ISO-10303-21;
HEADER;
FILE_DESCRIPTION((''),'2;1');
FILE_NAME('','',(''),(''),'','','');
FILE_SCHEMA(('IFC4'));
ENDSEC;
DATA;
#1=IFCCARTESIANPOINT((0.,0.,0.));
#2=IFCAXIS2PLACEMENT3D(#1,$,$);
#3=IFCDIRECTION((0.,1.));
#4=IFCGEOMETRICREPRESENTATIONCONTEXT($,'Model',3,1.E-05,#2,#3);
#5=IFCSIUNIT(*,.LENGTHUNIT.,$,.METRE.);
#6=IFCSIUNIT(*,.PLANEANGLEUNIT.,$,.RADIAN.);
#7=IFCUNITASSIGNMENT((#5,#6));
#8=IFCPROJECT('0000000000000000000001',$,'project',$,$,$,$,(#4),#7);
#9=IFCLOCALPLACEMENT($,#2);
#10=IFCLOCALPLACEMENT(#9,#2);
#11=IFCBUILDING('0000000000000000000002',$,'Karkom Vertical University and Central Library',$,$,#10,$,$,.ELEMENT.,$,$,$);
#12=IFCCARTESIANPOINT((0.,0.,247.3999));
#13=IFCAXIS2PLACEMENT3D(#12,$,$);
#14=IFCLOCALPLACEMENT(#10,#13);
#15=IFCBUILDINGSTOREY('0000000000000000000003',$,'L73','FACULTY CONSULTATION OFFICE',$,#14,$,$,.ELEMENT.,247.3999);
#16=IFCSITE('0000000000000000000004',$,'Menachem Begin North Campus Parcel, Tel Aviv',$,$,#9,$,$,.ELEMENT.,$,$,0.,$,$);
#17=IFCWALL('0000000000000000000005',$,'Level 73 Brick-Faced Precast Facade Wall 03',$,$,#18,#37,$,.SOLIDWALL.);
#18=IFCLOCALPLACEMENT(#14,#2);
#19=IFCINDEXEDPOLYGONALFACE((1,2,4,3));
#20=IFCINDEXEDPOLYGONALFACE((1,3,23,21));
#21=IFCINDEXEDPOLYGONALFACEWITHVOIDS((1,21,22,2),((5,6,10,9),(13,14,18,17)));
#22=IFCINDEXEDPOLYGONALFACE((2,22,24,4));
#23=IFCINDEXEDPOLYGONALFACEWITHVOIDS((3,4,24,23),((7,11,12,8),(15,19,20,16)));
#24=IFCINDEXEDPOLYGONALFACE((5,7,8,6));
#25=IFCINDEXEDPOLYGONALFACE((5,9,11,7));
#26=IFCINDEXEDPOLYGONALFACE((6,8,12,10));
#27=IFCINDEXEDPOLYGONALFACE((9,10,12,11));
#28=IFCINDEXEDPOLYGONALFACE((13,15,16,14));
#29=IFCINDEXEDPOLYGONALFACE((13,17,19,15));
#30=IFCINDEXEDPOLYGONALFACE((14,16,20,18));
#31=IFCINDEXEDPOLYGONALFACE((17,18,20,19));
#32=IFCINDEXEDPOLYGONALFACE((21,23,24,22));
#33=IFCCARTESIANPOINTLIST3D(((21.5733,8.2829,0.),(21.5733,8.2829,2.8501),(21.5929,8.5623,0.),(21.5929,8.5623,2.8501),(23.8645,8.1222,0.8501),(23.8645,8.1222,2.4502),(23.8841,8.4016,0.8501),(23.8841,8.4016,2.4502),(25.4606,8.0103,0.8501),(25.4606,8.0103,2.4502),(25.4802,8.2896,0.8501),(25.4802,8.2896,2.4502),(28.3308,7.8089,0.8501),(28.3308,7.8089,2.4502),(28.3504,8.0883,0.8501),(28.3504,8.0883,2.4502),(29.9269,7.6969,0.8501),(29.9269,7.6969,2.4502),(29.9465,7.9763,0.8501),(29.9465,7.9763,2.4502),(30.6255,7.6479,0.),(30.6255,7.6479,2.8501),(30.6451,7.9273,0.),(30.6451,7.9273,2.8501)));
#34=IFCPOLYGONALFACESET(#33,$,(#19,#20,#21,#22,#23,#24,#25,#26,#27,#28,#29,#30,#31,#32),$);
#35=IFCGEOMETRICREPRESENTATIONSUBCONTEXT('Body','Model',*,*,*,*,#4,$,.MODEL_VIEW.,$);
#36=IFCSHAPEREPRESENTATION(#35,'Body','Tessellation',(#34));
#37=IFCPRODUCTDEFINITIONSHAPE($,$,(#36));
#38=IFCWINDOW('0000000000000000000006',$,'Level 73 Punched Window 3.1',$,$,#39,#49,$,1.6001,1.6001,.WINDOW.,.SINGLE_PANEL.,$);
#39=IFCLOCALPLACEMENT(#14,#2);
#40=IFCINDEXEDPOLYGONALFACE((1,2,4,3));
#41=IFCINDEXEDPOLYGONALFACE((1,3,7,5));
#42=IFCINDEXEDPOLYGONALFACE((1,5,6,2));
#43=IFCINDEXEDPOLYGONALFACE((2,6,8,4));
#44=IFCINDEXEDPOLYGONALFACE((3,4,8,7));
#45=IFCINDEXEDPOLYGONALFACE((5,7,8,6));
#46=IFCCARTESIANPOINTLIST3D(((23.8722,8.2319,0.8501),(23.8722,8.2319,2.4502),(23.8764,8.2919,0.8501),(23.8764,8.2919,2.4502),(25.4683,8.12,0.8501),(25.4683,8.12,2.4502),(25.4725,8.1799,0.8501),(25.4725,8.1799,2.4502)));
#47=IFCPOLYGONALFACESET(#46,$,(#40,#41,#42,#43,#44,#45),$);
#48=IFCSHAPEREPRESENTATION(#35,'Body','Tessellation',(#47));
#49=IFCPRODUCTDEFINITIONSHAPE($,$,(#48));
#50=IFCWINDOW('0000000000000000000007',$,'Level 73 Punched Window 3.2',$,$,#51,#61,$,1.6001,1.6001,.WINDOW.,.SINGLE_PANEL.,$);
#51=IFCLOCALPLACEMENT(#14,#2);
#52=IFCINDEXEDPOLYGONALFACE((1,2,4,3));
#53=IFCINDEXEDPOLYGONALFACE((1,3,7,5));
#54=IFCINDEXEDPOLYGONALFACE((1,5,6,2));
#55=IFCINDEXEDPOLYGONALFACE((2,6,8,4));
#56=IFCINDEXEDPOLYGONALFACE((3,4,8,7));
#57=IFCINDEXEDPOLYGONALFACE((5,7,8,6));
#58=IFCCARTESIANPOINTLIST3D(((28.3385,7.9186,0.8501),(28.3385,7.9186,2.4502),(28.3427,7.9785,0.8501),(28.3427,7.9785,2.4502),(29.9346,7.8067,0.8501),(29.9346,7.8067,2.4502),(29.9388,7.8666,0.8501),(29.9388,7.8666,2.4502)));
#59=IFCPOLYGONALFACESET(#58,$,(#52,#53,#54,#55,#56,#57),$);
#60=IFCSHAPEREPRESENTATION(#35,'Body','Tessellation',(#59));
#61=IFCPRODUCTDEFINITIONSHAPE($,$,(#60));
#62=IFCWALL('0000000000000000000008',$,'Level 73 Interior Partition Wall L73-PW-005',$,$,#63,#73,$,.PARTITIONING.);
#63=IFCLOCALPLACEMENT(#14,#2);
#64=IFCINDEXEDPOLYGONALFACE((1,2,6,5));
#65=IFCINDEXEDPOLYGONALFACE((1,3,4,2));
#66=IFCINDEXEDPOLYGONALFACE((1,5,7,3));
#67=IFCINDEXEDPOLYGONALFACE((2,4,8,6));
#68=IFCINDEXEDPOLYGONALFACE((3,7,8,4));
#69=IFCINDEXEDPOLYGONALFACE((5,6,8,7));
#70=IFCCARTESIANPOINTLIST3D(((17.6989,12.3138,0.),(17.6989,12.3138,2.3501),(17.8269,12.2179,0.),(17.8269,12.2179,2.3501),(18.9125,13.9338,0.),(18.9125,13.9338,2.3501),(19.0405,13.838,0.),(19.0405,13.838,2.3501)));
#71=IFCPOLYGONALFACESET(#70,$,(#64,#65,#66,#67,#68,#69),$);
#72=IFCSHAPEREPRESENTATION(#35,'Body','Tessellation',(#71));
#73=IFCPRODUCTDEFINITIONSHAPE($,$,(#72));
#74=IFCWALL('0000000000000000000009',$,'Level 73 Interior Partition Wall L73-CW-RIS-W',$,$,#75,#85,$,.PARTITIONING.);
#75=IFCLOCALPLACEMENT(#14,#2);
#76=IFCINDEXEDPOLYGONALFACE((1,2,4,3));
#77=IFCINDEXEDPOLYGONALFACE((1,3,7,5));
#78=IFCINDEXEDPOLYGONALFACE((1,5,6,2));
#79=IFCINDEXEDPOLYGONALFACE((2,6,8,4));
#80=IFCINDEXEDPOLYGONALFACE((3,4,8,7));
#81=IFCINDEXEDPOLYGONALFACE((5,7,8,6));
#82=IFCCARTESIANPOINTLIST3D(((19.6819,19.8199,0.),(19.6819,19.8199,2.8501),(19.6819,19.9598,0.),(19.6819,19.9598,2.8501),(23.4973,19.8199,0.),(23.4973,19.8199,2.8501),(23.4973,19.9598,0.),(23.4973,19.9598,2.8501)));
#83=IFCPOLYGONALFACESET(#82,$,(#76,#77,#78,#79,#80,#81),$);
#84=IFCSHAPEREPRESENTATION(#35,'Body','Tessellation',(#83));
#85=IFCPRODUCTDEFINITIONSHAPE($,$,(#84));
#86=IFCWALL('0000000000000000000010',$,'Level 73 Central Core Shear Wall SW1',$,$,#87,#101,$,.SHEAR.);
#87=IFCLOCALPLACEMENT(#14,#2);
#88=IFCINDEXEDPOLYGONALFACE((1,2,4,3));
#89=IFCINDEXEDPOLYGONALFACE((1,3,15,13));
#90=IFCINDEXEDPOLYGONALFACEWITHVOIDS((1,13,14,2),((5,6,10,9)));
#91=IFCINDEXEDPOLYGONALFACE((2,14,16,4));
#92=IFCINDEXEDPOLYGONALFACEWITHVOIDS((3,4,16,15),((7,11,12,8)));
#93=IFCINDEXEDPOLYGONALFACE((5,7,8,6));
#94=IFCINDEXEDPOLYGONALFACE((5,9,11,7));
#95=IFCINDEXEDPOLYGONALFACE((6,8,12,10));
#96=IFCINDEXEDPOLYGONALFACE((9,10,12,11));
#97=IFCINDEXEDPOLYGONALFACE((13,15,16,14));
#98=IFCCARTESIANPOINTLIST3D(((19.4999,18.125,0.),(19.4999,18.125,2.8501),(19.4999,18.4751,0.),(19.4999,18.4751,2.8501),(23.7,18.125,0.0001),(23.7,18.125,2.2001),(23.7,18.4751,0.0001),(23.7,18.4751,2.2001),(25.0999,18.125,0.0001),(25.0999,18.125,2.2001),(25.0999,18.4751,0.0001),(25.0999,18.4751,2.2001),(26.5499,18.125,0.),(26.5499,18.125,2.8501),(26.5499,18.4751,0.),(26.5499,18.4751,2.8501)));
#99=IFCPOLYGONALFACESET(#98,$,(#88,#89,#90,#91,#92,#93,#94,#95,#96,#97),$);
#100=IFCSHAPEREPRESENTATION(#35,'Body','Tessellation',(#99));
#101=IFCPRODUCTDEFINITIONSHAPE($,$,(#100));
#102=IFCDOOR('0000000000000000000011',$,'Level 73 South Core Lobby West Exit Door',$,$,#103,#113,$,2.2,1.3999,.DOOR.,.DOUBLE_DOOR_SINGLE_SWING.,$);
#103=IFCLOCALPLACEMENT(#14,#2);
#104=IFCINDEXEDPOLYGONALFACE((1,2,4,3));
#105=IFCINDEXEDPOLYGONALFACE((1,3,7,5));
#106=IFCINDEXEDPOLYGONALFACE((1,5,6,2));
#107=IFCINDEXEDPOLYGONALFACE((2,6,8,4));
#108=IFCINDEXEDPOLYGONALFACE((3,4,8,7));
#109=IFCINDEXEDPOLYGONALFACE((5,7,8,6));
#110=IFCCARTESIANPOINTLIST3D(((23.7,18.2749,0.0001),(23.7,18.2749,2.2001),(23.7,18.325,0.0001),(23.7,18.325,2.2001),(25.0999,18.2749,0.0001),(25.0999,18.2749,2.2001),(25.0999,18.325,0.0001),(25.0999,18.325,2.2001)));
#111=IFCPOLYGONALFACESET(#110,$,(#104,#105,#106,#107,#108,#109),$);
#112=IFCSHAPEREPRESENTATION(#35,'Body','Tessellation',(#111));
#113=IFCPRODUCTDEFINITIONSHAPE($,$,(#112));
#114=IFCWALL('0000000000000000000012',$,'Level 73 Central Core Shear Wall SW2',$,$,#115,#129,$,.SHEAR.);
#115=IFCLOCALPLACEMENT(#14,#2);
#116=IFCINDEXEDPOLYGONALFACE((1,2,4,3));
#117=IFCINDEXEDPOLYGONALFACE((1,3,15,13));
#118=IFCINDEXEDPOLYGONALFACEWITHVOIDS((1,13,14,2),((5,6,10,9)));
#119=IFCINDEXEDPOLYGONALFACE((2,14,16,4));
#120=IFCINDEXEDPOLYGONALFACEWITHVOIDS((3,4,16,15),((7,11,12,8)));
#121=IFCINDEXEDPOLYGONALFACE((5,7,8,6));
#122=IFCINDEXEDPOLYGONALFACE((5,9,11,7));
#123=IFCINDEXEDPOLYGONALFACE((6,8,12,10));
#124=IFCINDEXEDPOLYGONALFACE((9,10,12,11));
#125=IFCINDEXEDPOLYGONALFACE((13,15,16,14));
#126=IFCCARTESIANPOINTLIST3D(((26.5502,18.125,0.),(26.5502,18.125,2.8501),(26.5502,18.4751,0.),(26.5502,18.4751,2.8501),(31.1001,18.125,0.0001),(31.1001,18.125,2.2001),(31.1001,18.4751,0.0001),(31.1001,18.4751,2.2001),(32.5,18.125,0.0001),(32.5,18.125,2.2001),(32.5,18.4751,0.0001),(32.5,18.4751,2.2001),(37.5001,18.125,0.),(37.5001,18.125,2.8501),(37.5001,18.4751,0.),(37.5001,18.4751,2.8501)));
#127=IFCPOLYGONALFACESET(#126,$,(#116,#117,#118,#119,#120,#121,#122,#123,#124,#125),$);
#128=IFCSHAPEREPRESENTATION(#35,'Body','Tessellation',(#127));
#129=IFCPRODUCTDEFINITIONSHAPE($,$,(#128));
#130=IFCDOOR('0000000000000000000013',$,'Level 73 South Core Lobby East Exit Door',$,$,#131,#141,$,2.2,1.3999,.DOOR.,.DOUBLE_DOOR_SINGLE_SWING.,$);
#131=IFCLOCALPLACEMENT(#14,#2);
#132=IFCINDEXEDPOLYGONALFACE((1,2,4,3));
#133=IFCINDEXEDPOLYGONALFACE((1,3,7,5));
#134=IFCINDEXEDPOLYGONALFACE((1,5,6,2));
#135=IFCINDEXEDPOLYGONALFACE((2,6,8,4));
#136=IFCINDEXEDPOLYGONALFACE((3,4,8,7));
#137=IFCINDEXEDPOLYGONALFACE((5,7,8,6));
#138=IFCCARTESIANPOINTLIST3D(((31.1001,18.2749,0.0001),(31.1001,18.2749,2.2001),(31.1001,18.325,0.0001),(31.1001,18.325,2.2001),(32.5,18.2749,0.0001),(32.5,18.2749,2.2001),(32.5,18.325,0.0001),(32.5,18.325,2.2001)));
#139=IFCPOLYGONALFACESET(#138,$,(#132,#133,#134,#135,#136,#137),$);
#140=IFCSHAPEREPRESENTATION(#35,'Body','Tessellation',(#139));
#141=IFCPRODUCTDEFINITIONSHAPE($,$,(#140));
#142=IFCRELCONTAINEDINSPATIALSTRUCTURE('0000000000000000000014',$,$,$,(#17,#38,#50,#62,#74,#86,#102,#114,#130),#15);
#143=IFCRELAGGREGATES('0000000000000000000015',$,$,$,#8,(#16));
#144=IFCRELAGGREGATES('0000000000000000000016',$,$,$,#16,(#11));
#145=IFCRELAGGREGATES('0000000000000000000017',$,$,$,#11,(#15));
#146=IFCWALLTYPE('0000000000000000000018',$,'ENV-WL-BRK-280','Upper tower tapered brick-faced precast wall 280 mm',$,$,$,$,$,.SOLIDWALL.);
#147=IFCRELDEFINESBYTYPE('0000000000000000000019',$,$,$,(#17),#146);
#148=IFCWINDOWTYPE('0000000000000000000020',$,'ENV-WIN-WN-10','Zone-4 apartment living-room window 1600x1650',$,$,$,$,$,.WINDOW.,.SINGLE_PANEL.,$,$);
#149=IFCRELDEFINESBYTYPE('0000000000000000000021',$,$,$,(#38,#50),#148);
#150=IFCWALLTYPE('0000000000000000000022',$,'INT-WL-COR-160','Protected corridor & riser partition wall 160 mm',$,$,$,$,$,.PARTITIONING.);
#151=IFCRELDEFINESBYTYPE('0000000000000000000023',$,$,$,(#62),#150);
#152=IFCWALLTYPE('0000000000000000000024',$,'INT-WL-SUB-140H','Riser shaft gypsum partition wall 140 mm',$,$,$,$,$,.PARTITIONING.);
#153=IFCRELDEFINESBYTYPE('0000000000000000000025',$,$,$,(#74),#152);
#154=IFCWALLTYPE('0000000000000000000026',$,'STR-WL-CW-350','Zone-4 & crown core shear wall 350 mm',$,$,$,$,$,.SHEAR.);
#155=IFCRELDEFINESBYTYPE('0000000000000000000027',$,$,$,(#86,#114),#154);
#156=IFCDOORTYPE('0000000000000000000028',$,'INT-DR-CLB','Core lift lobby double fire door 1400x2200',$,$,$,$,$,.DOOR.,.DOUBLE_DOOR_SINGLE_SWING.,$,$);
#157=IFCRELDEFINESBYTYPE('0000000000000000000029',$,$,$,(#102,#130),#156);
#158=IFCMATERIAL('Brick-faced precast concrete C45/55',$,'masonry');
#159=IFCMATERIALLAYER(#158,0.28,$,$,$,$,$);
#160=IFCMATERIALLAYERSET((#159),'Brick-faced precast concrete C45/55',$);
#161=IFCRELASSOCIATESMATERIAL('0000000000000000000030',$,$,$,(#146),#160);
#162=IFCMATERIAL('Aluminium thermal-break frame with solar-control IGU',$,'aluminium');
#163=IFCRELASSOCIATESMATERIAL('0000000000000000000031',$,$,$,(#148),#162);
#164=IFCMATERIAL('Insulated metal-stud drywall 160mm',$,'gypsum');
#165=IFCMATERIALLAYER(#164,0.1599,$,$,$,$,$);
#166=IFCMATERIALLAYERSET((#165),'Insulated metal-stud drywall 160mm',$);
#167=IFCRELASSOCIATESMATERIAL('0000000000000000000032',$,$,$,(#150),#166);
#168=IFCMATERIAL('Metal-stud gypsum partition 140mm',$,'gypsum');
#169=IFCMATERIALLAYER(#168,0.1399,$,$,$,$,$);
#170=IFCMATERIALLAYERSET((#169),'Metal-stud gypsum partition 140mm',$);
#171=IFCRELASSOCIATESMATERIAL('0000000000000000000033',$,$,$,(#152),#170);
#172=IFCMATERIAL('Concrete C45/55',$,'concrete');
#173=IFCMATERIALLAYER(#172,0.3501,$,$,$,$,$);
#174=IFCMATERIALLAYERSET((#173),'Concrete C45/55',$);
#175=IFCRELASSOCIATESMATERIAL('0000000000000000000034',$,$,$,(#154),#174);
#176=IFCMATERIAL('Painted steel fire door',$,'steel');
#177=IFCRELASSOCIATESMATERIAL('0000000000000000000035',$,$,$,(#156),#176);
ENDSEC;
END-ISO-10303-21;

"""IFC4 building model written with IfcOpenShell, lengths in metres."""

from ifc_helpers import new_model, si_unit, direction, frame, frame_2d, origin, origin_with_axes, place, context, subcontext, project, spatial, rectangle, extrude, source, transform, mapped, material, layer, layer_set, type_object, element, fill, save


model = new_model("IFC4")

# Units and contexts
model_context = context("Model", 3, precision=1e-05, world=origin(), true_north=direction((0.0, 1.0)))
body_context = subcontext(model_context, "Body", "Model", "MODEL_VIEW")
ifc_project = project(units=[si_unit("LENGTHUNIT", "METRE"), si_unit("PLANEANGLEUNIT", "RADIAN")], contexts=[model_context])

# Site, building, storey
site_placement = place(None, origin())
site = spatial("IfcSite", under=ifc_project, at=site_placement, Name="Menachem Begin North Campus Parcel, Tel Aviv", CompositionType="ELEMENT", RefElevation=0.0)
building_placement = place(site_placement, origin())
building = spatial("IfcBuilding", under=site, at=building_placement, Name="Karkom Vertical University and Central Library", CompositionType="ELEMENT")
storey_placement = place(building_placement, frame((0.0, 0.0, 247.3999)))
storey = spatial("IfcBuildingStorey", under=building, at=storey_placement, Name="L73", Description="FACULTY CONSULTATION OFFICE", CompositionType="ELEMENT", Elevation=247.3999)

# Shared definitions
ifc_material_1 = material(Name="Concrete C45/55", Category="concrete")

# Wall, openings, windows
ifc_material_2 = material(Name="Brick-faced precast concrete C45/55", Category="masonry")
ifc_layer_1 = layer(ifc_material_2, 0.28)
ifc_layer_set_1 = layer_set([ifc_layer_1], Name="Brick-faced precast concrete C45/55")
wall_type_1 = type_object("IfcWallType", Name="ENV-WL-BRK-280", Description="Upper tower tapered brick-faced precast wall 280 mm", PredefinedType="SOLIDWALL", material=ifc_layer_set_1)
wall_1_placement = place(storey_placement, frame((21.5833, 8.4226, 0.0), z_axis=(0.0, 0.0, 1.0), x_axis=(0.997549, -0.069977, 0.0)))
wall_1 = element("IfcWall", 1, at=wall_1_placement, inside=storey, type_object=wall_type_1, Name="Level 73 Brick-Faced Precast Facade Wall 03", PredefinedType="SOLIDWALL", context=body_context, shape_type="SweptSolid", body=[
    extrude(rectangle(XDim=9.0745, YDim=0.28, at=frame_2d((4.5371, 0.0))), origin(), (0.0, 0.0, 1.0), 2.8501),
])
opening_1_placement = place(wall_1_placement, frame((2.2966, 0.0, 0.8501)))
opening_1 = element("IfcOpeningElement", 2, at=opening_1_placement, cuts=wall_1, PredefinedType="OPENING", context=body_context, shape_type="SweptSolid", body=[
    extrude(rectangle(XDim=1.6001, YDim=1.6001, at=frame_2d((0.8, 0.8))), frame((0.0, 0.1499, 0.0), z_axis=(0.0, -1.0, 0.0), x_axis=(1.0, 0.0, 0.0)), (0.0, 0.0, 1.0), 0.3),
])
opening_2_placement = place(wall_1_placement, frame((6.7739, 0.0, 0.8501)))
opening_2 = element("IfcOpeningElement", 3, at=opening_2_placement, cuts=wall_1, PredefinedType="OPENING", context=body_context, shape_type="SweptSolid", body=[
    extrude(rectangle(XDim=1.6001, YDim=1.6001, at=frame_2d((0.8, 0.8))), frame((0.0, 0.1499, 0.0), z_axis=(0.0, -1.0, 0.0), x_axis=(1.0, 0.0, 0.0)), (0.0, 0.0, 1.0), 0.3),
])
ifc_material_3 = material(Name="Aluminium thermal-break frame with solar-control IGU", Category="aluminium")
window_type = type_object("IfcWindowType", Name="ENV-WIN-WN-10", Description="Zone-4 apartment living-room window 1600x1650", PartitioningType="SINGLE_PANEL", PredefinedType="WINDOW", material=ifc_material_3)
shared_shape_1 = source(origin_with_axes(), body_context, "Body", "SweptSolid", [
    extrude(rectangle(XDim=1.6001, YDim=1.6001, at=frame_2d((0.8, 0.8))), frame((0.0, 0.03, 0.0), z_axis=(0.0, -1.0, 0.0), x_axis=(1.0, 0.0, 0.0)), (0.0, 0.0, 1.0), 0.0601),
])
window_1_placement = place(opening_1_placement, origin())
window_1 = element("IfcWindow", 4, at=window_1_placement, inside=storey, type_object=window_type, Name="Level 73 Punched Window 3.1", OverallHeight=1.6001, OverallWidth=1.6001, PartitioningType="SINGLE_PANEL", PredefinedType="WINDOW", context=body_context, shape_type="MappedRepresentation", body=[
    mapped(shared_shape_1, transform((0.0, 0.0, 0.0), scale=1.0)),
])
fill(opening_1, window_1)
window_2_placement = place(opening_2_placement, origin())
window_2 = element("IfcWindow", 5, at=window_2_placement, inside=storey, type_object=window_type, Name="Level 73 Punched Window 3.2", OverallHeight=1.6001, OverallWidth=1.6001, PartitioningType="SINGLE_PANEL", PredefinedType="WINDOW", context=body_context, shape_type="MappedRepresentation", body=[
    mapped(shared_shape_1, transform((0.0, 0.0, 0.0), scale=1.0)),
])
fill(opening_2, window_2)

# Walls
ifc_material_4 = material(Name="Insulated metal-stud drywall 160mm", Category="gypsum")
ifc_layer_2 = layer(ifc_material_4, 0.1599)
ifc_layer_set_2 = layer_set([ifc_layer_2], Name="Insulated metal-stud drywall 160mm")
wall_type_2 = type_object("IfcWallType", Name="INT-WL-COR-160", Description="Protected corridor & riser partition wall 160 mm", PredefinedType="PARTITIONING", material=ifc_layer_set_2)
wall_2_placement = place(storey_placement, frame((18.9766, 13.886, 0.0), z_axis=(0.0, 0.0, 1.0), x_axis=(-0.599537, -0.800347, 0.0)))
element("IfcWall", 6, at=wall_2_placement, inside=storey, type_object=wall_type_2, Name="Level 73 Interior Partition Wall L73-PW-005", PredefinedType="PARTITIONING", context=body_context, shape_type="SweptSolid", body=[
    extrude(rectangle(XDim=2.0242, YDim=0.1599, at=frame_2d((1.0122, 0.0))), origin(), (0.0, 0.0, 1.0), 2.3501),
])
ifc_material_5 = material(Name="Metal-stud gypsum partition 140mm", Category="gypsum")
ifc_layer_3 = layer(ifc_material_5, 0.1399)
ifc_layer_set_3 = layer_set([ifc_layer_3], Name="Metal-stud gypsum partition 140mm")
wall_type_3 = type_object("IfcWallType", Name="INT-WL-SUB-140H", Description="Riser shaft gypsum partition wall 140 mm", PredefinedType="PARTITIONING", material=ifc_layer_set_3)
wall_3_placement = place(storey_placement, frame((19.6819, 19.8899, 0.0), z_axis=(0.0, 0.0, 1.0), x_axis=(1.0, 0.0, 0.0)))
element("IfcWall", 7, at=wall_3_placement, inside=storey, type_object=wall_type_3, Name="Level 73 Interior Partition Wall L73-CW-RIS-W", PredefinedType="PARTITIONING", context=body_context, shape_type="SweptSolid", body=[
    extrude(rectangle(XDim=3.8154, YDim=0.1399, at=frame_2d((1.9077, 0.0))), origin(), (0.0, 0.0, 1.0), 2.8501),
])

# Walls, openings, doors
ifc_layer_4 = layer(ifc_material_1, 0.3501)
ifc_layer_set_4 = layer_set([ifc_layer_4], Name="Concrete C45/55")
wall_type_4 = type_object("IfcWallType", Name="STR-WL-CW-350", Description="Zone-4 & crown core shear wall 350 mm", PredefinedType="SHEAR", material=ifc_layer_set_4)
wall_4_placement = place(storey_placement, frame((19.5, 18.3, 0.0), z_axis=(0.0, 0.0, 1.0), x_axis=(1.0, 0.0, 0.0)))
wall_4 = element("IfcWall", 8, at=wall_4_placement, inside=storey, type_object=wall_type_4, Name="Level 73 Central Core Shear Wall SW1", PredefinedType="SHEAR", context=body_context, shape_type="SweptSolid", body=[
    extrude(rectangle(XDim=7.05, YDim=0.3501, at=frame_2d((3.5249, 0.0))), origin(), (0.0, 0.0, 1.0), 2.8501),
])
opening_3_placement = place(wall_4_placement, frame((4.2, 0.0, 0.0)))
opening_3 = element("IfcOpeningElement", 9, at=opening_3_placement, cuts=wall_4, PredefinedType="OPENING", context=body_context, shape_type="SweptSolid", body=[
    extrude(rectangle(XDim=1.3999, YDim=2.2, at=frame_2d((0.7, 1.1001))), frame((0.0, 0.1851, 0.0), z_axis=(0.0, -1.0, 0.0), x_axis=(1.0, 0.0, 0.0)), (0.0, 0.0, 1.0), 0.3701),
])
ifc_material_6 = material(Name="Painted steel fire door", Category="steel")
door_type_1 = type_object("IfcDoorType", Name="INT-DR-CLB", Description="Core lift lobby double fire door 1400x2200", OperationType="DOUBLE_DOOR_SINGLE_SWING", PredefinedType="DOOR", material=ifc_material_6)
shared_shape_2 = source(origin_with_axes(), body_context, "Body", "SweptSolid", [
    extrude(rectangle(XDim=1.3999, YDim=2.2, at=frame_2d((0.7, 1.1001))), frame((0.0, 0.0249, 0.0), z_axis=(0.0, -1.0, 0.0), x_axis=(1.0, 0.0, 0.0)), (0.0, 0.0, 1.0), 0.05),
])
door_1_placement = place(opening_3_placement, origin())
door_1 = element("IfcDoor", 10, at=door_1_placement, inside=storey, type_object=door_type_1, Name="Level 73 South Core Lobby West Exit Door", OperationType="DOUBLE_DOOR_SINGLE_SWING", OverallHeight=2.2, OverallWidth=1.3999, PredefinedType="DOOR", context=body_context, shape_type="MappedRepresentation", body=[
    mapped(shared_shape_2, transform((0.0, 0.0, 0.0), scale=1.0)),
])
fill(opening_3, door_1)
wall_5_placement = place(storey_placement, frame((26.55, 18.3, 0.0), z_axis=(0.0, 0.0, 1.0), x_axis=(1.0, 0.0, 0.0)))
wall_5 = element("IfcWall", 11, at=wall_5_placement, inside=storey, type_object=wall_type_4, Name="Level 73 Central Core Shear Wall SW2", PredefinedType="SHEAR", context=body_context, shape_type="SweptSolid", body=[
    extrude(rectangle(XDim=10.95, YDim=0.3501, at=frame_2d((5.4751, 0.0))), origin(), (0.0, 0.0, 1.0), 2.8501),
])
opening_4_placement = place(wall_5_placement, frame((4.55, 0.0, 0.0)))
opening_4 = element("IfcOpeningElement", 12, at=opening_4_placement, cuts=wall_5, PredefinedType="OPENING", context=body_context, shape_type="SweptSolid", body=[
    extrude(rectangle(XDim=1.3999, YDim=2.2, at=frame_2d((0.7, 1.1001))), frame((0.0, 0.1851, 0.0), z_axis=(0.0, -1.0, 0.0), x_axis=(1.0, 0.0, 0.0)), (0.0, 0.0, 1.0), 0.3701),
])
door_2_placement = place(opening_4_placement, origin())
door_2 = element("IfcDoor", 13, at=door_2_placement, inside=storey, type_object=door_type_1, Name="Level 73 South Core Lobby East Exit Door", OperationType="DOUBLE_DOOR_SINGLE_SWING", OverallHeight=2.2, OverallWidth=1.3999, PredefinedType="DOOR", context=body_context, shape_type="MappedRepresentation", body=[
    mapped(shared_shape_2, transform((0.0, 0.0, 0.0), scale=1.0)),
])
fill(opening_4, door_2)

save(model, "model.ifc")
